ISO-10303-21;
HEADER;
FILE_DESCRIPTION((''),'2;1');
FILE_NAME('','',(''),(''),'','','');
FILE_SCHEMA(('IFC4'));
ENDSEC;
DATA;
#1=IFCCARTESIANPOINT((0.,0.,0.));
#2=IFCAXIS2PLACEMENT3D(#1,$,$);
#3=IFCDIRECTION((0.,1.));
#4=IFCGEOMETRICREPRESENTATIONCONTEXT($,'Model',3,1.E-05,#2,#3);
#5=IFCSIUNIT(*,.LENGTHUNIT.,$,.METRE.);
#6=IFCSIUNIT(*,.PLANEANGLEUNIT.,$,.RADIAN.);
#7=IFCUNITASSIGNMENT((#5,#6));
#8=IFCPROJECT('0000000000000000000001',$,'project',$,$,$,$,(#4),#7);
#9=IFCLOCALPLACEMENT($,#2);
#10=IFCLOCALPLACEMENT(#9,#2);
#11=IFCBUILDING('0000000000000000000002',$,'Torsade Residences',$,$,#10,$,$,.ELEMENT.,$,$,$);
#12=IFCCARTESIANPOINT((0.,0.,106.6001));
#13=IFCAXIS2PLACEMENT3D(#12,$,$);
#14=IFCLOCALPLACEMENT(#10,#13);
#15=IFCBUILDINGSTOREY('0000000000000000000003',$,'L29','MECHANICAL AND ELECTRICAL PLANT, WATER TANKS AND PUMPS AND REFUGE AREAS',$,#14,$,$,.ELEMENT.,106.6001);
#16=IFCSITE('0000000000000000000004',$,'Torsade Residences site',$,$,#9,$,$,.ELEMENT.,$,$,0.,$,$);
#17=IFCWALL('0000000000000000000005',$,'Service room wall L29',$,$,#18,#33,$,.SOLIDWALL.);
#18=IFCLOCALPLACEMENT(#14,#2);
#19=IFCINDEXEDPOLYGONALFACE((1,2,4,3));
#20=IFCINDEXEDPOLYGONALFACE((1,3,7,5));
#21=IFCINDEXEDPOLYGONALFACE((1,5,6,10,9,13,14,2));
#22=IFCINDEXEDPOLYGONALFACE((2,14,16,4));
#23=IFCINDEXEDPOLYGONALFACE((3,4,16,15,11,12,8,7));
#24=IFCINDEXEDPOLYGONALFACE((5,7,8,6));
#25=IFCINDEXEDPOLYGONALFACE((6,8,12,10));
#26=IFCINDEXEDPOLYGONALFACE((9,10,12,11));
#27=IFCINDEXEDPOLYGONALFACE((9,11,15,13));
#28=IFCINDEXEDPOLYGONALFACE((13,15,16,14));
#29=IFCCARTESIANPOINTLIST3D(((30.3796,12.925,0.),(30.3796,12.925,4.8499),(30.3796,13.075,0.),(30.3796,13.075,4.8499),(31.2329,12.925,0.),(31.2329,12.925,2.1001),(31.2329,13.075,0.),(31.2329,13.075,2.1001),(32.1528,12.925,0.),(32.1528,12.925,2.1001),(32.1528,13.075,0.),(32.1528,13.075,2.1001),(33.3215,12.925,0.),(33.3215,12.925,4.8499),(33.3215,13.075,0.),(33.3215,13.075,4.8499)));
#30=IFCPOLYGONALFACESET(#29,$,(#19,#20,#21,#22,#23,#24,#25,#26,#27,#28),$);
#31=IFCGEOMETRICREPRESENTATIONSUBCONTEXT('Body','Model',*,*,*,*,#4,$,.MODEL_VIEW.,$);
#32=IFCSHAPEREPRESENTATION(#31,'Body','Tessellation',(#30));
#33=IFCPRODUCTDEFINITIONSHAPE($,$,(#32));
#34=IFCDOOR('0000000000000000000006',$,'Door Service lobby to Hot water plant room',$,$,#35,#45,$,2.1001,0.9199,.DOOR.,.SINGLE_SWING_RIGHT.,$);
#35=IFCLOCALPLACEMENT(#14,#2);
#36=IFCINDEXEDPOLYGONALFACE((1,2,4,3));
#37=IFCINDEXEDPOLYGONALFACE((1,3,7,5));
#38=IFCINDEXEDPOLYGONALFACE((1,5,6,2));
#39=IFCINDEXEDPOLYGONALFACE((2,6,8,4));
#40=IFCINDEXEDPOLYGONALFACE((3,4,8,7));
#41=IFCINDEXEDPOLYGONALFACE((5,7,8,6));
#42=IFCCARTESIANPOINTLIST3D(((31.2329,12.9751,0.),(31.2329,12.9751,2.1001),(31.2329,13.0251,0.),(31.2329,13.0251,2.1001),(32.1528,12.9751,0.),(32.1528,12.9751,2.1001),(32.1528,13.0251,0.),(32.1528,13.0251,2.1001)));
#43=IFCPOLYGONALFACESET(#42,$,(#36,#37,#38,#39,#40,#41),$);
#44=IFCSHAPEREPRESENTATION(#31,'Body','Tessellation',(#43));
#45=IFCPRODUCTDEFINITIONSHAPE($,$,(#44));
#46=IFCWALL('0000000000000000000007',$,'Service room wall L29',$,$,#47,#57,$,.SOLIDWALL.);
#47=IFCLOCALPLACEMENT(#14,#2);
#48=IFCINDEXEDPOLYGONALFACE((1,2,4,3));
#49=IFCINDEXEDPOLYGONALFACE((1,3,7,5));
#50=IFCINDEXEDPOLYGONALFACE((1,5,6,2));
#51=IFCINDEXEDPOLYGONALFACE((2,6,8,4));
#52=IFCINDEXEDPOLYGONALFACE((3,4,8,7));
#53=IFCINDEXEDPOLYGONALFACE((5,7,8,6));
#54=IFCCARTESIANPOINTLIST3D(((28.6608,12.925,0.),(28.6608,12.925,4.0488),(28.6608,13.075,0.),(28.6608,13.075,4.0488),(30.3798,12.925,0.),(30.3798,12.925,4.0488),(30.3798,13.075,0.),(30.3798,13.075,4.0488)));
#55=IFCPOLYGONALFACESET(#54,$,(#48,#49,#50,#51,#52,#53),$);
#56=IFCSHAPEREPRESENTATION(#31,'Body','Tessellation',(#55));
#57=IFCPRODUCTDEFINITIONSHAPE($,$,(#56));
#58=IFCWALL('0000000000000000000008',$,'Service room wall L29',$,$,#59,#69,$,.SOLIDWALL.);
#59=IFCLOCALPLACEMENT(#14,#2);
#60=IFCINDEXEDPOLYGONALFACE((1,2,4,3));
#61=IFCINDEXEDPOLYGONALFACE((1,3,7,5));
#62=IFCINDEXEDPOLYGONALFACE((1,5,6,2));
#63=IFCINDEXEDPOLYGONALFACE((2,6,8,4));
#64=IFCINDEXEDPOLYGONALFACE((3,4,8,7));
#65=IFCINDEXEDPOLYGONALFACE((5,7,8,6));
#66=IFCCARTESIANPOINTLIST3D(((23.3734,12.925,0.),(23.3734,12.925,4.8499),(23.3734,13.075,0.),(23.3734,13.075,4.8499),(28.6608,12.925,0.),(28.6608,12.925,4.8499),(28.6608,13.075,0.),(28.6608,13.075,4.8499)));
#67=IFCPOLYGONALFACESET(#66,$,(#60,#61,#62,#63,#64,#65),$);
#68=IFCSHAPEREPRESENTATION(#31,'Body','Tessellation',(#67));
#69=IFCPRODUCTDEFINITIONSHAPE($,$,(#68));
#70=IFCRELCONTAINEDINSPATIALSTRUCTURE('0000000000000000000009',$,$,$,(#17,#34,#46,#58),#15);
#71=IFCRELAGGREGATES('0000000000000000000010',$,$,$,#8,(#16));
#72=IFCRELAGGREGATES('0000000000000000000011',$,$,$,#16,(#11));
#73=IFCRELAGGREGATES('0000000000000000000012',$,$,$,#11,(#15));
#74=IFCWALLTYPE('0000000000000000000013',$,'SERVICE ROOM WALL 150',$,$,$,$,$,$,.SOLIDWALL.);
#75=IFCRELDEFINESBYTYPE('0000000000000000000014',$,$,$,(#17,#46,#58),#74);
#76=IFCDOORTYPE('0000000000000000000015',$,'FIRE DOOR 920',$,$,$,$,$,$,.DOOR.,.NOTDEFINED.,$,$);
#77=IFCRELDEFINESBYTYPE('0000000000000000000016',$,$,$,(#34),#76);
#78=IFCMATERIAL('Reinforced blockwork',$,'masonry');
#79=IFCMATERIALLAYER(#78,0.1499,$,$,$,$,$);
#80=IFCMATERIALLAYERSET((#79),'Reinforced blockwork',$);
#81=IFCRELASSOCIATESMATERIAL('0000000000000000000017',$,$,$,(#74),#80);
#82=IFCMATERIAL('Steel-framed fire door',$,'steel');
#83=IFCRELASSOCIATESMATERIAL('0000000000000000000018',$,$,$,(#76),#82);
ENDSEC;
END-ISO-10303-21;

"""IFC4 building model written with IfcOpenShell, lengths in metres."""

from ifc_helpers import new_model, si_unit, direction, frame, frame_2d, origin, place, context, subcontext, project, spatial, rectangle, extrude, material, layer, layer_set, type_object, element, fill, save


model = new_model("IFC4")

# Units and contexts
model_context = context("Model", 3, precision=1e-05, world=origin(), true_north=direction((0.0, 1.0)))
body_context = subcontext(model_context, "Body", "Model", "MODEL_VIEW")
ifc_project = project(units=[si_unit("LENGTHUNIT", "METRE"), si_unit("PLANEANGLEUNIT", "RADIAN")], contexts=[model_context])

# Site, building, storey
site_placement = place(None, origin())
site = spatial("IfcSite", under=ifc_project, at=site_placement, Name="Torsade Residences site", CompositionType="ELEMENT", RefElevation=0.0)
building_placement = place(site_placement, origin())
building = spatial("IfcBuilding", under=site, at=building_placement, Name="Torsade Residences", CompositionType="ELEMENT")
storey_placement = place(building_placement, frame((0.0, 0.0, 106.6001)))
storey = spatial("IfcBuildingStorey", under=building, at=storey_placement, Name="L29", Description="MECHANICAL AND ELECTRICAL PLANT, WATER TANKS AND PUMPS AND REFUGE AREAS", CompositionType="ELEMENT", Elevation=106.6001)

# Shared definitions
ifc_material_1 = material(Name="Reinforced blockwork", Category="masonry")
ifc_layer_1 = layer(ifc_material_1, 0.1499)
ifc_layer_set_1 = layer_set([ifc_layer_1], Name="Reinforced blockwork")
wall_type_1 = type_object("IfcWallType", Name="SERVICE ROOM WALL 150", PredefinedType="SOLIDWALL", material=ifc_layer_set_1)

# Wall, opening, door
wall_1_placement = place(storey_placement, frame((33.3215, 13.0, 0.0), z_axis=(0.0, 0.0, 1.0), x_axis=(-1.0, 0.0, 0.0)))
wall_1 = element("IfcWall", 1, at=wall_1_placement, inside=storey, type_object=wall_type_1, Name="Service room wall L29", PredefinedType="SOLIDWALL", context=body_context, shape_type="SweptSolid", body=[
    extrude(rectangle(XDim=2.9419, YDim=0.1499, at=frame_2d((1.4709, 0.0))), origin(), (0.0, 0.0, 1.0), 4.8499),
])
opening_1_placement = place(wall_1_placement, frame((1.1687, 0.0, 0.0)))
opening_1 = element("IfcOpeningElement", 2, at=opening_1_placement, cuts=wall_1, PredefinedType="OPENING", context=body_context, shape_type="SweptSolid", body=[
    extrude(rectangle(XDim=0.9199, YDim=2.1001, at=frame_2d((0.46, 1.05))), frame((0.0, 0.085, 0.0), z_axis=(0.0, -1.0, 0.0), x_axis=(1.0, 0.0, 0.0)), (0.0, 0.0, 1.0), 0.1699),
])
ifc_material_2 = material(Name="Steel-framed fire door", Category="steel")
door_type_1 = type_object("IfcDoorType", Name="FIRE DOOR 920", OperationType="NOTDEFINED", PredefinedType="DOOR", material=ifc_material_2)
door_1_placement = place(opening_1_placement, origin())
door_1 = element("IfcDoor", 3, at=door_1_placement, inside=storey, type_object=door_type_1, Name="Door Service lobby to Hot water plant room", OperationType="SINGLE_SWING_RIGHT", OverallHeight=2.1001, OverallWidth=0.9199, PredefinedType="DOOR", context=body_context, shape_type="SweptSolid", body=[
    extrude(rectangle(XDim=0.9199, YDim=2.1001, at=frame_2d((0.46, 1.05))), frame((0.0, 0.0249, 0.0), z_axis=(0.0, -1.0, 0.0), x_axis=(1.0, 0.0, 0.0)), (0.0, 0.0, 1.0), 0.05),
])
fill(opening_1, door_1)

# Walls
wall_2_placement = place(storey_placement, frame((30.3796, 13.0, 0.0), z_axis=(0.0, 0.0, 1.0), x_axis=(-1.0, 0.0, 0.0)))
element("IfcWall", 4, at=wall_2_placement, inside=storey, type_object=wall_type_1, Name="Service room wall L29", PredefinedType="SOLIDWALL", context=body_context, shape_type="SweptSolid", body=[
    extrude(rectangle(XDim=1.719, YDim=0.1499, at=frame_2d((0.8594, 0.0))), origin(), (0.0, 0.0, 1.0), 4.0488),
])
wall_3_placement = place(storey_placement, frame((28.6606, 13.0, 0.0), z_axis=(0.0, 0.0, 1.0), x_axis=(-1.0, 0.0, 0.0)))
element("IfcWall", 5, at=wall_3_placement, inside=storey, type_object=wall_type_1, Name="Service room wall L29", PredefinedType="SOLIDWALL", context=body_context, shape_type="SweptSolid", body=[
    extrude(rectangle(XDim=5.2874, YDim=0.1499, at=frame_2d((2.6436, 0.0))), origin(), (0.0, 0.0, 1.0), 4.8499),
])

save(model, "model.ifc")
